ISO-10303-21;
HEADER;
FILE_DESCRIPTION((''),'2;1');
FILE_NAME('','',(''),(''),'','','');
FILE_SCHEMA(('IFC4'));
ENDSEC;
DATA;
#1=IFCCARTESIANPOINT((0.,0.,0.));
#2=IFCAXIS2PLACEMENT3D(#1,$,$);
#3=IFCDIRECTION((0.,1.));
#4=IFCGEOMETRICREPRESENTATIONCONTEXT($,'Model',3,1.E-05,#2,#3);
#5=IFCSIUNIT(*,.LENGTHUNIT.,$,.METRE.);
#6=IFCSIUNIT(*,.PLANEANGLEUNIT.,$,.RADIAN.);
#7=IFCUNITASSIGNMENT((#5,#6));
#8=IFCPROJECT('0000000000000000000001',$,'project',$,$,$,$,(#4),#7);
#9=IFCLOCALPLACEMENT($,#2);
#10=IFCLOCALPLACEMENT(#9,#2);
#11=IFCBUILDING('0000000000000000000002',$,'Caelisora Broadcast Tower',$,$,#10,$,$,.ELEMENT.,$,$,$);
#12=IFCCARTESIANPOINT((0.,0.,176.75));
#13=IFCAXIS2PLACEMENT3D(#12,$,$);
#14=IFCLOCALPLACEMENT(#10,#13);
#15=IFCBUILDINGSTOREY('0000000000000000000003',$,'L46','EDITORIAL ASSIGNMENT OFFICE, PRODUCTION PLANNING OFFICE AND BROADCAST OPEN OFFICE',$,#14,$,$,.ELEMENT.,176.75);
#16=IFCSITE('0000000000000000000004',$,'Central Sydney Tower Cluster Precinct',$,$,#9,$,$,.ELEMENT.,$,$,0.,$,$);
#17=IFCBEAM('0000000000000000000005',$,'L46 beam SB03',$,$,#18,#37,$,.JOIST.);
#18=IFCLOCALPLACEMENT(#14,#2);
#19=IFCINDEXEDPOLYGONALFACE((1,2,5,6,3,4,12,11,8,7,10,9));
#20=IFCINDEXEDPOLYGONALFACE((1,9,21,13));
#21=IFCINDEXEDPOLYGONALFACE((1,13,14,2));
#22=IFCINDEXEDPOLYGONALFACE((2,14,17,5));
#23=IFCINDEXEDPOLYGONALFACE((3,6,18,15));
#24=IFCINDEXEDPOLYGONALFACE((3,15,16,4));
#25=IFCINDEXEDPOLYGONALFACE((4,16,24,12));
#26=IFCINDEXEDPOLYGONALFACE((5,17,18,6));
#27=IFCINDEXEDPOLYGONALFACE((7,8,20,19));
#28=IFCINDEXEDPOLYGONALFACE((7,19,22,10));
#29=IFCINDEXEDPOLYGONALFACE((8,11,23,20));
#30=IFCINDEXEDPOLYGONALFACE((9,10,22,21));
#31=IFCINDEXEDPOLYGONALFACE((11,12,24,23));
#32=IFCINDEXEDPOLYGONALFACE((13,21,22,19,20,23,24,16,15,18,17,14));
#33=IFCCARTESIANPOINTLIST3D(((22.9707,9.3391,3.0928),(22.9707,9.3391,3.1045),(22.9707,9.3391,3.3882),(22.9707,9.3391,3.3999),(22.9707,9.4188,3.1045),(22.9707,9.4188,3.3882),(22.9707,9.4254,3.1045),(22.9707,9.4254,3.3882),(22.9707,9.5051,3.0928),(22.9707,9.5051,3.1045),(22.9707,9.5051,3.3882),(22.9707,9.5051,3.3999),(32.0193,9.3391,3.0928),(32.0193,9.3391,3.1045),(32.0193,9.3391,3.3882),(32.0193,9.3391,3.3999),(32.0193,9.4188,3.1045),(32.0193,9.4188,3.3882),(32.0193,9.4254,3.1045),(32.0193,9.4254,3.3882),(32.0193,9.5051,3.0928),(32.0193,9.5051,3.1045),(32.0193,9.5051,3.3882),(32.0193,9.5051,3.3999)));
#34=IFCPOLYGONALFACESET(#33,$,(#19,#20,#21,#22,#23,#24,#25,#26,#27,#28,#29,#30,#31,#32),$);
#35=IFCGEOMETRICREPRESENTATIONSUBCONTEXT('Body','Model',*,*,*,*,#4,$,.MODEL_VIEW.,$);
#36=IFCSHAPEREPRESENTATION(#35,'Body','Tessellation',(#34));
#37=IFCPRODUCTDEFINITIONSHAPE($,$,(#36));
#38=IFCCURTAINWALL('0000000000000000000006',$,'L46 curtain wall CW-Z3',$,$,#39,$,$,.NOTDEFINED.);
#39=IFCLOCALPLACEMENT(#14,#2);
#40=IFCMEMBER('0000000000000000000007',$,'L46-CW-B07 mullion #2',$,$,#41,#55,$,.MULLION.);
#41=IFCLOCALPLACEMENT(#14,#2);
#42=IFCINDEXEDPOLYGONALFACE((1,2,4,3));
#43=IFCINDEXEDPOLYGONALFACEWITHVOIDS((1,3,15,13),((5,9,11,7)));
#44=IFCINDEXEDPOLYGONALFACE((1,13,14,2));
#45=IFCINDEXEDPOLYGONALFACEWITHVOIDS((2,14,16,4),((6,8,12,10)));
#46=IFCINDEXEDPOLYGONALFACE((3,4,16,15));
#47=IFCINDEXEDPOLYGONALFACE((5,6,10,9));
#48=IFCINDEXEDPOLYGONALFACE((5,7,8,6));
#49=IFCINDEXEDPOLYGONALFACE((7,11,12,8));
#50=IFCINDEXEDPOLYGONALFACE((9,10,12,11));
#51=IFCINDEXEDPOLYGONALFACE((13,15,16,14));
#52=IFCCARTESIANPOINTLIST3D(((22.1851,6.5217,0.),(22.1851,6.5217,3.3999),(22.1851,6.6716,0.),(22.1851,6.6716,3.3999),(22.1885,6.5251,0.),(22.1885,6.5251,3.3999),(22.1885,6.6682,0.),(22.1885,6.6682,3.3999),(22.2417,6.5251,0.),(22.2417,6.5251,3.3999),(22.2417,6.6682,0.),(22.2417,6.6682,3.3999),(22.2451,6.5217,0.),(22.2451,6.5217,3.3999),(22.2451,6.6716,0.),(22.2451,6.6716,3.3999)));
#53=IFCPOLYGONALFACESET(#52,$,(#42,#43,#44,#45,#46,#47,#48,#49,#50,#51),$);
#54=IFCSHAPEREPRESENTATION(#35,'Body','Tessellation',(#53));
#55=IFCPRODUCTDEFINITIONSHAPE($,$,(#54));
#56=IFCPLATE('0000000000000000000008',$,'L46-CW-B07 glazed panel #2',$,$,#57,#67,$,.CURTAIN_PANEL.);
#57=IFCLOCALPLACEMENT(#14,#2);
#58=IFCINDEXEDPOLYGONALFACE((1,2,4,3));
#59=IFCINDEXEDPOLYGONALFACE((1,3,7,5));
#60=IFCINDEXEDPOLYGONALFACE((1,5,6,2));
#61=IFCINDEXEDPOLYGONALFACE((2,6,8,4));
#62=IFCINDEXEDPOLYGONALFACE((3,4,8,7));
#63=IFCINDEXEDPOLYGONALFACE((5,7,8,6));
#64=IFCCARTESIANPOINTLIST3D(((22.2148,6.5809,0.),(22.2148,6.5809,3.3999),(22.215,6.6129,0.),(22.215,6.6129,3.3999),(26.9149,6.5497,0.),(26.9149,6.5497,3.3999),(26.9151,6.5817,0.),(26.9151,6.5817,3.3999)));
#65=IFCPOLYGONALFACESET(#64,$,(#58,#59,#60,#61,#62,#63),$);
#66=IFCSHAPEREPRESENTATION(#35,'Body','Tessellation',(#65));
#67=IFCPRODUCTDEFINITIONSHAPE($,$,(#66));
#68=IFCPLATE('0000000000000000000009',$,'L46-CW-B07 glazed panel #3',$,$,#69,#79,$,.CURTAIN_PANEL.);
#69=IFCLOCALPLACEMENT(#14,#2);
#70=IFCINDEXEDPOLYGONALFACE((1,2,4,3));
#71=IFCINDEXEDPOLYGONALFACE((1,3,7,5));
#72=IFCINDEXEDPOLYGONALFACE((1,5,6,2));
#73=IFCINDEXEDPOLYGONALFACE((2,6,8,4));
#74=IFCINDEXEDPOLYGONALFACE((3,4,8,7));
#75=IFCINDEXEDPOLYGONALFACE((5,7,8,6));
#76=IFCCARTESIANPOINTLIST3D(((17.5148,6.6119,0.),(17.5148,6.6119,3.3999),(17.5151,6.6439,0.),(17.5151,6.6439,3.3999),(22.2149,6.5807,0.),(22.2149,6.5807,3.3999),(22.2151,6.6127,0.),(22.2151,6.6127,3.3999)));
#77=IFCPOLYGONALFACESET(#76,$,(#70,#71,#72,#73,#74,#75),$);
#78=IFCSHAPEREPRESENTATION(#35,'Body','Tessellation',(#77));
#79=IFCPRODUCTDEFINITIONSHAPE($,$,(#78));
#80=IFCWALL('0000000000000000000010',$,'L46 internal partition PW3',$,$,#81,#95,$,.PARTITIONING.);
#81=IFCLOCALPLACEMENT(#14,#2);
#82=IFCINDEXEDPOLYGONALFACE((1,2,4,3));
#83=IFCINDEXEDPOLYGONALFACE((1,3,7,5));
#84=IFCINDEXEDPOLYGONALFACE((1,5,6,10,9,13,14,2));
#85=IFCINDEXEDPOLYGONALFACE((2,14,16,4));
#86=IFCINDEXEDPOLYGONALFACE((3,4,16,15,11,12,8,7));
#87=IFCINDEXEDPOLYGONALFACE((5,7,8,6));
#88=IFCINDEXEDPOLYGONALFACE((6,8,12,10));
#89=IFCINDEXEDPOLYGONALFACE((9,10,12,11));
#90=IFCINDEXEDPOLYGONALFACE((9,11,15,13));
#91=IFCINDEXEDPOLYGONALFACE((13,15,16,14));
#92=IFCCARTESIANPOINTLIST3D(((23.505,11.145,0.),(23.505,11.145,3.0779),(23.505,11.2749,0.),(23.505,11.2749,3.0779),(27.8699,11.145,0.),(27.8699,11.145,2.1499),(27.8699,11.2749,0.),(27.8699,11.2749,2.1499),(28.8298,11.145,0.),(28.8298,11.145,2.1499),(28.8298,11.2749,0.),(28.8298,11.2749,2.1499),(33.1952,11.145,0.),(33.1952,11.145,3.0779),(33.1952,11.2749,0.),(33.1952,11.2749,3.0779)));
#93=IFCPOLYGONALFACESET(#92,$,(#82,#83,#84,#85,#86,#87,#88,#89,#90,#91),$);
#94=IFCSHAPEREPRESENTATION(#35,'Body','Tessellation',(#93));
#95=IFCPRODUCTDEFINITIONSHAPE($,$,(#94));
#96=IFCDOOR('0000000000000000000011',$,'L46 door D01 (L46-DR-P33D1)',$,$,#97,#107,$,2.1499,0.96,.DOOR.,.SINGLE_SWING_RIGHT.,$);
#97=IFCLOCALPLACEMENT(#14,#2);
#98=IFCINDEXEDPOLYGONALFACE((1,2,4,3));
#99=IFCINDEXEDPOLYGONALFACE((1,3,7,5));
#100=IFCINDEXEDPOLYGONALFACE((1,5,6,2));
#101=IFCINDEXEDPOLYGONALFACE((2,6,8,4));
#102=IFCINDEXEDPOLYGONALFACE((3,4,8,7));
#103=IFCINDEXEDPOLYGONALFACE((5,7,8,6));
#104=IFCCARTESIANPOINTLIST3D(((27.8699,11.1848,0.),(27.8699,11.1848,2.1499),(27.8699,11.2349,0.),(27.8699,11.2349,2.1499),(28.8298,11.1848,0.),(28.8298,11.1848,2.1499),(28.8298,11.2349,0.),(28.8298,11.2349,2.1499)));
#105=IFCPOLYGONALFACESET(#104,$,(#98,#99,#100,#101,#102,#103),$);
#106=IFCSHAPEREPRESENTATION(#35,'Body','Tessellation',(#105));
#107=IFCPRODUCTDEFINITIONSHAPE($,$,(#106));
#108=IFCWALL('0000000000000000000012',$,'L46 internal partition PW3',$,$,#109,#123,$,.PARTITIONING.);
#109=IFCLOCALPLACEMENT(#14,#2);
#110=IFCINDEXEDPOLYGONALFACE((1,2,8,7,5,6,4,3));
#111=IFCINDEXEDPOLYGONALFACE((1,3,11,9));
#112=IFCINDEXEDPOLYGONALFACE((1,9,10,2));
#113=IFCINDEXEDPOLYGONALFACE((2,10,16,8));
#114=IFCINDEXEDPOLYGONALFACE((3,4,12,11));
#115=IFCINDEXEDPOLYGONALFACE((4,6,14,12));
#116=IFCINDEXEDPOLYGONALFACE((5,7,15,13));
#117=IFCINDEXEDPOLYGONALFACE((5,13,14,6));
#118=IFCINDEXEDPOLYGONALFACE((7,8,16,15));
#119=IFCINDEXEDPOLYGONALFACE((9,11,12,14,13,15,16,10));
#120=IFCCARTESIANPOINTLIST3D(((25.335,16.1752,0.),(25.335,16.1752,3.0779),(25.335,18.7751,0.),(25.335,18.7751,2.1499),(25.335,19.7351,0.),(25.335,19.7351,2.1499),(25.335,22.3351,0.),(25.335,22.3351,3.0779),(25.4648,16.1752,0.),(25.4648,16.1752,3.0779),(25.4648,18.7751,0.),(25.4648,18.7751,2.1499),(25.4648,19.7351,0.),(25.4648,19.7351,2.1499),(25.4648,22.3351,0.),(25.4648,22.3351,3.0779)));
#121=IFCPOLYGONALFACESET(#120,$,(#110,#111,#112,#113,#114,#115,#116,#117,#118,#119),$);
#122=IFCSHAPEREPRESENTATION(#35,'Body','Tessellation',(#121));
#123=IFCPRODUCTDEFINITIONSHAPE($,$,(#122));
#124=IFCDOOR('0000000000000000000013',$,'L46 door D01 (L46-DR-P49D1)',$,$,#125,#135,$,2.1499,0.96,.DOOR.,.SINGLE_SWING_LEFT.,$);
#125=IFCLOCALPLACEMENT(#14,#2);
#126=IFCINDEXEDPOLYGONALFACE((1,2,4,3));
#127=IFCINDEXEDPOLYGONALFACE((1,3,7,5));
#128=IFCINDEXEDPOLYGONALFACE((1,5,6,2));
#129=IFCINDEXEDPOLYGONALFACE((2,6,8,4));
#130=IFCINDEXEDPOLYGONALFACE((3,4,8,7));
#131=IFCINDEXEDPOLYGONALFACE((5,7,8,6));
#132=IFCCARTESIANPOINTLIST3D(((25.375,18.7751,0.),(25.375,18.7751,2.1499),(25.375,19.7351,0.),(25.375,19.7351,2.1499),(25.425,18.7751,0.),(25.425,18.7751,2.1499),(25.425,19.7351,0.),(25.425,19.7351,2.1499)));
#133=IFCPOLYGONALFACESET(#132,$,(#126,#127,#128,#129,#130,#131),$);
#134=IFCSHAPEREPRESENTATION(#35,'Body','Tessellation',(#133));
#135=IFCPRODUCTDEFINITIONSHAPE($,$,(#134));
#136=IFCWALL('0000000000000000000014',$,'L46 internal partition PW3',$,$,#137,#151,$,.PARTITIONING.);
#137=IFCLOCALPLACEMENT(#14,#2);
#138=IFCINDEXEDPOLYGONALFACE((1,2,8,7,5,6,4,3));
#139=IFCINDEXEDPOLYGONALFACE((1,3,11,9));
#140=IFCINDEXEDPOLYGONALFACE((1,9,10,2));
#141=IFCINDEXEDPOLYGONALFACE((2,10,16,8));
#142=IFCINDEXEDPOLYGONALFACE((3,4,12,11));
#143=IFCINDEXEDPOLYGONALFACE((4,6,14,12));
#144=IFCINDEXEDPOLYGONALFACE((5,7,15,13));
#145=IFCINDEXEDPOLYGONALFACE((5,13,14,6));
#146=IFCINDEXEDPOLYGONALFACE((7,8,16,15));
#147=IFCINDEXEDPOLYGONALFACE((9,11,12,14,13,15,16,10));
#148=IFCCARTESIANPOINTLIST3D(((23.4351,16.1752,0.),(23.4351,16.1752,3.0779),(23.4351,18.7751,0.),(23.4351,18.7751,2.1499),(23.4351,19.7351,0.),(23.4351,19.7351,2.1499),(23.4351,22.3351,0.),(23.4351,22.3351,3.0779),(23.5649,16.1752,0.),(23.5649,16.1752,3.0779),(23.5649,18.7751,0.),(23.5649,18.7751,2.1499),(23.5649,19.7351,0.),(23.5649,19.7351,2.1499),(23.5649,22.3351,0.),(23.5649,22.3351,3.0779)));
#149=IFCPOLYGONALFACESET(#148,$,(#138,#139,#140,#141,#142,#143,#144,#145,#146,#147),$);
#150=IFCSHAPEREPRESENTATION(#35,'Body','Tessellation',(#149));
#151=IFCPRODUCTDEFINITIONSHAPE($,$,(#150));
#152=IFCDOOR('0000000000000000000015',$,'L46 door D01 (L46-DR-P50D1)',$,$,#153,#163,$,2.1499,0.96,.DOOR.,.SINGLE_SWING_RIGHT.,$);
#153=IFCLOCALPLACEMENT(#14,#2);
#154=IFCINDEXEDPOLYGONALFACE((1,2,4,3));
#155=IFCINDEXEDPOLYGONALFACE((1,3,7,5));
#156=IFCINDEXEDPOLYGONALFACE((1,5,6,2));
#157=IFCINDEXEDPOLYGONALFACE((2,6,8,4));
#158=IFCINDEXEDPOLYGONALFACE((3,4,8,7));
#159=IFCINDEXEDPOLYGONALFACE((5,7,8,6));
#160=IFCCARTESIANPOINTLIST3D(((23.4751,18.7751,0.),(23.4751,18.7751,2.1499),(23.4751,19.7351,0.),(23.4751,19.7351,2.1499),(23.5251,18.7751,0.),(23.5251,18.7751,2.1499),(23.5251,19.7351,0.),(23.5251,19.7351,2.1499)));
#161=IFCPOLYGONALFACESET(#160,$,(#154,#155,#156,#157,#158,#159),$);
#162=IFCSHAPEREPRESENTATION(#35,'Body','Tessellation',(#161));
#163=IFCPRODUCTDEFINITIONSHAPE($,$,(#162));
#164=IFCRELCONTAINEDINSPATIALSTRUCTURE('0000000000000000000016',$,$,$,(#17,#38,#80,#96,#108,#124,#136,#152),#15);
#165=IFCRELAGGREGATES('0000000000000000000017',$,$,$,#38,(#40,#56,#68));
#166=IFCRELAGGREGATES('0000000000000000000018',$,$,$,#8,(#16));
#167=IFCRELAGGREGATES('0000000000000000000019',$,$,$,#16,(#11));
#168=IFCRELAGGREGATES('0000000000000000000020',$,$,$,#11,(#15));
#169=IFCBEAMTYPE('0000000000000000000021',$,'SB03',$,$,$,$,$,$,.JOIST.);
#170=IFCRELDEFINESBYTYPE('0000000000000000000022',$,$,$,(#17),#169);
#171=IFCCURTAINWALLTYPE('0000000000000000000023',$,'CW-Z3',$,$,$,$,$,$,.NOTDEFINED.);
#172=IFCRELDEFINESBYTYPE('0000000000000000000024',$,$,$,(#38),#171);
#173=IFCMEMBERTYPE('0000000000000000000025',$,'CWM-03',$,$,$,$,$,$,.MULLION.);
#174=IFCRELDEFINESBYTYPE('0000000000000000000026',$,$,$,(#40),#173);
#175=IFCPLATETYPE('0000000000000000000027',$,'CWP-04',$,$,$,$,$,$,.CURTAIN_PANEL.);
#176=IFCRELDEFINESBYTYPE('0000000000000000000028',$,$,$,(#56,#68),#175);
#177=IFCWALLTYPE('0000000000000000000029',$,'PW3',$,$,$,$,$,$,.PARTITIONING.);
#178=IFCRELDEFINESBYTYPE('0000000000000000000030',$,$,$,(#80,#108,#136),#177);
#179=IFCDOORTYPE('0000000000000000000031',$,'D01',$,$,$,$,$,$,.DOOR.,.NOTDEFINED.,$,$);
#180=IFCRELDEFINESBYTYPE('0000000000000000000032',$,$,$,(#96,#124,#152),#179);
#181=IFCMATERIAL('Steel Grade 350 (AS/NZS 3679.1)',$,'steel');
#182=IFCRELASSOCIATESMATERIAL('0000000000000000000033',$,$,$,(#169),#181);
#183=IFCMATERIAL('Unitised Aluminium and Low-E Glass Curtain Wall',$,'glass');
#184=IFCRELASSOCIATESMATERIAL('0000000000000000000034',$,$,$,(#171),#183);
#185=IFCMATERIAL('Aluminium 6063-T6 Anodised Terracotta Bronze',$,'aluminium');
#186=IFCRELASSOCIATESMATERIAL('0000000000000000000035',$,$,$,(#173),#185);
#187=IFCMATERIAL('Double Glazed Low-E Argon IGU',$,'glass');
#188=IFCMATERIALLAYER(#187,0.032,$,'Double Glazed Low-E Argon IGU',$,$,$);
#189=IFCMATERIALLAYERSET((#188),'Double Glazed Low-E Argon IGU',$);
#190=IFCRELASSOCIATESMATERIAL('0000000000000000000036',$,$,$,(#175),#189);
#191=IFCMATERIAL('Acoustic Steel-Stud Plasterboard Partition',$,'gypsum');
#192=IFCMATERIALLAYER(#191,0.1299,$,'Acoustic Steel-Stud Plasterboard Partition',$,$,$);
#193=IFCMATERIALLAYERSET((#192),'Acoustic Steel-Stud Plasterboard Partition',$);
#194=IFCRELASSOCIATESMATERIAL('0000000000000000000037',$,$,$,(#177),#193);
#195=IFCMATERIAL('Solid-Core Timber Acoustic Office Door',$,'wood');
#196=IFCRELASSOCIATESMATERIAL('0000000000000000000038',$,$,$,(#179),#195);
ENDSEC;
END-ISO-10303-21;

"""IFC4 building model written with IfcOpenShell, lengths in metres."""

from ifc_helpers import new_model, si_unit, direction, frame, frame_2d, origin, origin_2d, place, context, subcontext, project, spatial, rectangle, hollow_rectangle, i_section, extrude, source, transform, mapped, material, layer, layer_set, material_profile, profile_set, type_object, type_shapes, element, fill, aggregate, save


model = new_model("IFC4")

# Units and contexts
model_context = context("Model", 3, precision=1e-05, world=origin(), true_north=direction((0.0, 1.0)))
body_context = subcontext(model_context, "Body", "Model", "MODEL_VIEW")
ifc_project = project(units=[si_unit("LENGTHUNIT", "METRE"), si_unit("PLANEANGLEUNIT", "RADIAN")], contexts=[model_context])

# Site, building, storey
site_placement = place(None, origin())
site = spatial("IfcSite", under=ifc_project, at=site_placement, Name="Central Sydney Tower Cluster Precinct", CompositionType="ELEMENT", RefElevation=0.0)
building_placement = place(site_placement, origin())
building = spatial("IfcBuilding", under=site, at=building_placement, Name="Caelisora Broadcast Tower", CompositionType="ELEMENT")
storey_placement = place(building_placement, frame((0.0, 0.0, 176.75)))
storey = spatial("IfcBuildingStorey", under=building, at=storey_placement, Name="L46", Description="EDITORIAL ASSIGNMENT OFFICE, PRODUCTION PLANNING OFFICE AND BROADCAST OPEN OFFICE", CompositionType="ELEMENT", Elevation=176.75)

# Beam
ifc_material_1 = material(Name="Steel Grade 350 (AS/NZS 3679.1)", Category="steel")
ifc_material_profile_1 = material_profile(ifc_material_1, i_section(OverallWidth=0.166, OverallDepth=0.3071, WebThickness=0.0066, FlangeThickness=0.0117, at=origin_2d()), Name="Steel Grade 350 (AS/NZS 3679.1)")
ifc_profile_set_1 = profile_set([ifc_material_profile_1], Name="Steel Grade 350 (AS/NZS 3679.1)")
beam_type_1 = type_object("IfcBeamType", Name="SB03", PredefinedType="JOIST", material=ifc_profile_set_1)
shared_shape_1 = source(origin(), body_context, "Body", "SweptSolid", [
    extrude(i_section(OverallWidth=0.166, OverallDepth=0.3071, WebThickness=0.0066, FlangeThickness=0.0117, at=origin_2d()), origin(), (0.0, 0.0, 1.0), 9.0486),
])
beam_1_placement = place(storey_placement, frame((22.9707, 9.4221, 3.2463), z_axis=(1.0, 0.0, 0.0), x_axis=(0.0, 1.0, 0.0)))
element("IfcBeam", 1, at=beam_1_placement, inside=storey, type_object=beam_type_1, Name="L46 beam SB03", PredefinedType="JOIST", context=body_context, shape_type="MappedRepresentation", body=[
    mapped(shared_shape_1, transform((0.0, 0.0, 0.0), scale=1.0)),
])

# Curtain wall, member, plates
ifc_material_2 = material(Name="Unitised Aluminium and Low-E Glass Curtain Wall", Category="glass")
curtain_wall_type = type_object("IfcCurtainWallType", Name="CW-Z3", PredefinedType="NOTDEFINED", material=ifc_material_2)
curtain_wall_placement = place(storey_placement, origin())
curtain_wall = element("IfcCurtainWall", 2, at=curtain_wall_placement, inside=storey, type_object=curtain_wall_type, Name="L46 curtain wall CW-Z3", PredefinedType="NOTDEFINED")
ifc_material_3 = material(Name="Aluminium 6063-T6 Anodised Terracotta Bronze", Category="aluminium")
ifc_material_profile_2 = material_profile(ifc_material_3, hollow_rectangle(XDim=0.0601, YDim=0.1499, WallThickness=0.0034, at=origin_2d()), Name="Aluminium 6063-T6 Anodised Terracotta Bronze")
ifc_profile_set_2 = profile_set([ifc_material_profile_2], Name="Aluminium 6063-T6 Anodised Terracotta Bronze")
member_type = type_object("IfcMemberType", Name="CWM-03", PredefinedType="MULLION", material=ifc_profile_set_2)
shared_shape_2 = source(origin(), body_context, "Body", "SweptSolid", [
    extrude(hollow_rectangle(XDim=0.0601, YDim=0.1499, WallThickness=0.0034, at=origin_2d()), origin(), (0.0, 0.0, 1.0), 3.3999),
])
type_shapes(member_type, [shared_shape_2])
member_placement = place(storey_placement, frame((22.2151, 6.5967, 0.0), z_axis=(0.0, 0.0, 1.0), x_axis=(1.0, 0.0, 0.0)))
member = element("IfcMember", 3, at=member_placement, type_object=member_type, Name="L46-CW-B07 mullion #2", PredefinedType="MULLION", context=body_context, shape_type="MappedRepresentation", body=[
    mapped(shared_shape_2, transform((0.0, 0.0, 0.0), scale=1.0)),
])
ifc_material_4 = material(Name="Double Glazed Low-E Argon IGU", Category="glass")
ifc_layer_1 = layer(ifc_material_4, 0.032, Name="Double Glazed Low-E Argon IGU")
ifc_layer_set_1 = layer_set([ifc_layer_1], Name="Double Glazed Low-E Argon IGU")
plate_type = type_object("IfcPlateType", Name="CWP-04", PredefinedType="CURTAIN_PANEL", material=ifc_layer_set_1)
shared_shape_3 = source(origin(), body_context, "Body", "SweptSolid", [
    extrude(rectangle(XDim=4.7002, YDim=0.032, at=origin_2d()), origin(), (0.0, 0.0, 1.0), 3.3999),
])
type_shapes(plate_type, [shared_shape_3])
plate_1_placement = place(storey_placement, frame((24.5649, 6.5813, 0.0), z_axis=(0.0, 0.0, 1.0), x_axis=(-0.999978, 0.006632, 0.0)))
plate_1 = element("IfcPlate", 4, at=plate_1_placement, type_object=plate_type, Name="L46-CW-B07 glazed panel #2", PredefinedType="CURTAIN_PANEL", context=body_context, shape_type="MappedRepresentation", body=[
    mapped(shared_shape_3, transform((0.0, 0.0, 0.0), scale=1.0)),
])
plate_2_placement = place(storey_placement, frame((19.865, 6.6123, 0.0), z_axis=(0.0, 0.0, 1.0), x_axis=(-0.999978, 0.006632, 0.0)))
plate_2 = element("IfcPlate", 5, at=plate_2_placement, type_object=plate_type, Name="L46-CW-B07 glazed panel #3", PredefinedType="CURTAIN_PANEL", context=body_context, shape_type="MappedRepresentation", body=[
    mapped(shared_shape_3, transform((0.0, 0.0, 0.0), scale=1.0)),
])
aggregate(curtain_wall, [member, plate_1, plate_2])

# Walls, openings, doors
ifc_material_5 = material(Name="Acoustic Steel-Stud Plasterboard Partition", Category="gypsum")
ifc_layer_2 = layer(ifc_material_5, 0.1299, Name="Acoustic Steel-Stud Plasterboard Partition")
ifc_layer_set_2 = layer_set([ifc_layer_2], Name="Acoustic Steel-Stud Plasterboard Partition")
wall_type = type_object("IfcWallType", Name="PW3", PredefinedType="PARTITIONING", material=ifc_layer_set_2)
wall_1_placement = place(storey_placement, frame((23.5049, 11.21, 0.0), z_axis=(0.0, 0.0, 1.0), x_axis=(1.0, 0.0, 0.0)))
wall_1 = element("IfcWall", 6, at=wall_1_placement, inside=storey, type_object=wall_type, Name="L46 internal partition PW3", PredefinedType="PARTITIONING", context=body_context, shape_type="SweptSolid", body=[
    extrude(rectangle(XDim=9.6902, YDim=0.1299, at=frame_2d((4.8452, 0.0))), origin(), (0.0, 0.0, 1.0), 3.0779),
])
opening_1_placement = place(wall_1_placement, frame((4.365, 0.0, 0.0)))
opening_1 = element("IfcOpeningElement", 7, at=opening_1_placement, cuts=wall_1, PredefinedType="OPENING", context=body_context, shape_type="SweptSolid", body=[
    extrude(rectangle(XDim=0.96, YDim=2.1499, at=frame_2d((0.48, 1.075))), frame((0.0, 0.0769, 0.0), z_axis=(0.0, -1.0, 0.0), x_axis=(1.0, 0.0, 0.0)), (0.0, 0.0, 1.0), 0.1538),
])
ifc_material_6 = material(Name="Solid-Core Timber Acoustic Office Door", Category="wood")
door_type = type_object("IfcDoorType", Name="D01", OperationType="NOTDEFINED", PredefinedType="DOOR", material=ifc_material_6)
door_1_placement = place(opening_1_placement, origin())
door_1 = element("IfcDoor", 8, at=door_1_placement, inside=storey, type_object=door_type, Name="L46 door D01 (L46-DR-P33D1)", OperationType="SINGLE_SWING_RIGHT", OverallHeight=2.1499, OverallWidth=0.96, PredefinedType="DOOR", context=body_context, shape_type="SweptSolid", body=[
    extrude(rectangle(XDim=0.96, YDim=2.1499, at=frame_2d((0.48, 1.075))), frame((0.0, 0.0249, 0.0), z_axis=(0.0, -1.0, 0.0), x_axis=(1.0, 0.0, 0.0)), (0.0, 0.0, 1.0), 0.05),
])
fill(opening_1, door_1)
wall_2_placement = place(storey_placement, frame((25.3999, 16.175, 0.0), z_axis=(0.0, 0.0, 1.0), x_axis=(0.0, 1.0, 0.0)))
wall_2 = element("IfcWall", 9, at=wall_2_placement, inside=storey, type_object=wall_type, Name="L46 internal partition PW3", PredefinedType="PARTITIONING", context=body_context, shape_type="SweptSolid", body=[
    extrude(rectangle(XDim=6.1599, YDim=0.1299, at=frame_2d((3.0801, 0.0))), origin(), (0.0, 0.0, 1.0), 3.0779),
])
opening_2_placement = place(wall_2_placement, frame((2.6001, 0.0, 0.0)))
opening_2 = element("IfcOpeningElement", 10, at=opening_2_placement, cuts=wall_2, PredefinedType="OPENING", context=body_context, shape_type="SweptSolid", body=[
    extrude(rectangle(XDim=0.96, YDim=2.1499, at=frame_2d((0.48, 1.075))), frame((0.0, 0.0769, 0.0), z_axis=(0.0, -1.0, 0.0), x_axis=(1.0, 0.0, 0.0)), (0.0, 0.0, 1.0), 0.1538),
])
door_2_placement = place(opening_2_placement, origin())
door_2 = element("IfcDoor", 11, at=door_2_placement, inside=storey, type_object=door_type, Name="L46 door D01 (L46-DR-P49D1)", OperationType="SINGLE_SWING_LEFT", OverallHeight=2.1499, OverallWidth=0.96, PredefinedType="DOOR", context=body_context, shape_type="SweptSolid", body=[
    extrude(rectangle(XDim=0.96, YDim=2.1499, at=frame_2d((0.48, 1.075))), frame((0.0, 0.0249, 0.0), z_axis=(0.0, -1.0, 0.0), x_axis=(1.0, 0.0, 0.0)), (0.0, 0.0, 1.0), 0.05),
])
fill(opening_2, door_2)
wall_3_placement = place(storey_placement, frame((23.5, 16.175, 0.0), z_axis=(0.0, 0.0, 1.0), x_axis=(0.0, 1.0, 0.0)))
wall_3 = element("IfcWall", 12, at=wall_3_placement, inside=storey, type_object=wall_type, Name="L46 internal partition PW3", PredefinedType="PARTITIONING", context=body_context, shape_type="SweptSolid", body=[
    extrude(rectangle(XDim=6.1599, YDim=0.1299, at=frame_2d((3.0801, 0.0))), origin(), (0.0, 0.0, 1.0), 3.0779),
])
opening_3_placement = place(wall_3_placement, frame((2.6001, 0.0, 0.0)))
opening_3 = element("IfcOpeningElement", 13, at=opening_3_placement, cuts=wall_3, PredefinedType="OPENING", context=body_context, shape_type="SweptSolid", body=[
    extrude(rectangle(XDim=0.96, YDim=2.1499, at=frame_2d((0.48, 1.075))), frame((0.0, 0.0769, 0.0), z_axis=(0.0, -1.0, 0.0), x_axis=(1.0, 0.0, 0.0)), (0.0, 0.0, 1.0), 0.1538),
])
door_3_placement = place(opening_3_placement, origin())
door_3 = element("IfcDoor", 14, at=door_3_placement, inside=storey, type_object=door_type, Name="L46 door D01 (L46-DR-P50D1)", OperationType="SINGLE_SWING_RIGHT", OverallHeight=2.1499, OverallWidth=0.96, PredefinedType="DOOR", context=body_context, shape_type="SweptSolid", body=[
    extrude(rectangle(XDim=0.96, YDim=2.1499, at=frame_2d((0.48, 1.075))), frame((0.0, 0.0249, 0.0), z_axis=(0.0, -1.0, 0.0), x_axis=(1.0, 0.0, 0.0)), (0.0, 0.0, 1.0), 0.05),
])
fill(opening_3, door_3)

save(model, "model.ifc")
